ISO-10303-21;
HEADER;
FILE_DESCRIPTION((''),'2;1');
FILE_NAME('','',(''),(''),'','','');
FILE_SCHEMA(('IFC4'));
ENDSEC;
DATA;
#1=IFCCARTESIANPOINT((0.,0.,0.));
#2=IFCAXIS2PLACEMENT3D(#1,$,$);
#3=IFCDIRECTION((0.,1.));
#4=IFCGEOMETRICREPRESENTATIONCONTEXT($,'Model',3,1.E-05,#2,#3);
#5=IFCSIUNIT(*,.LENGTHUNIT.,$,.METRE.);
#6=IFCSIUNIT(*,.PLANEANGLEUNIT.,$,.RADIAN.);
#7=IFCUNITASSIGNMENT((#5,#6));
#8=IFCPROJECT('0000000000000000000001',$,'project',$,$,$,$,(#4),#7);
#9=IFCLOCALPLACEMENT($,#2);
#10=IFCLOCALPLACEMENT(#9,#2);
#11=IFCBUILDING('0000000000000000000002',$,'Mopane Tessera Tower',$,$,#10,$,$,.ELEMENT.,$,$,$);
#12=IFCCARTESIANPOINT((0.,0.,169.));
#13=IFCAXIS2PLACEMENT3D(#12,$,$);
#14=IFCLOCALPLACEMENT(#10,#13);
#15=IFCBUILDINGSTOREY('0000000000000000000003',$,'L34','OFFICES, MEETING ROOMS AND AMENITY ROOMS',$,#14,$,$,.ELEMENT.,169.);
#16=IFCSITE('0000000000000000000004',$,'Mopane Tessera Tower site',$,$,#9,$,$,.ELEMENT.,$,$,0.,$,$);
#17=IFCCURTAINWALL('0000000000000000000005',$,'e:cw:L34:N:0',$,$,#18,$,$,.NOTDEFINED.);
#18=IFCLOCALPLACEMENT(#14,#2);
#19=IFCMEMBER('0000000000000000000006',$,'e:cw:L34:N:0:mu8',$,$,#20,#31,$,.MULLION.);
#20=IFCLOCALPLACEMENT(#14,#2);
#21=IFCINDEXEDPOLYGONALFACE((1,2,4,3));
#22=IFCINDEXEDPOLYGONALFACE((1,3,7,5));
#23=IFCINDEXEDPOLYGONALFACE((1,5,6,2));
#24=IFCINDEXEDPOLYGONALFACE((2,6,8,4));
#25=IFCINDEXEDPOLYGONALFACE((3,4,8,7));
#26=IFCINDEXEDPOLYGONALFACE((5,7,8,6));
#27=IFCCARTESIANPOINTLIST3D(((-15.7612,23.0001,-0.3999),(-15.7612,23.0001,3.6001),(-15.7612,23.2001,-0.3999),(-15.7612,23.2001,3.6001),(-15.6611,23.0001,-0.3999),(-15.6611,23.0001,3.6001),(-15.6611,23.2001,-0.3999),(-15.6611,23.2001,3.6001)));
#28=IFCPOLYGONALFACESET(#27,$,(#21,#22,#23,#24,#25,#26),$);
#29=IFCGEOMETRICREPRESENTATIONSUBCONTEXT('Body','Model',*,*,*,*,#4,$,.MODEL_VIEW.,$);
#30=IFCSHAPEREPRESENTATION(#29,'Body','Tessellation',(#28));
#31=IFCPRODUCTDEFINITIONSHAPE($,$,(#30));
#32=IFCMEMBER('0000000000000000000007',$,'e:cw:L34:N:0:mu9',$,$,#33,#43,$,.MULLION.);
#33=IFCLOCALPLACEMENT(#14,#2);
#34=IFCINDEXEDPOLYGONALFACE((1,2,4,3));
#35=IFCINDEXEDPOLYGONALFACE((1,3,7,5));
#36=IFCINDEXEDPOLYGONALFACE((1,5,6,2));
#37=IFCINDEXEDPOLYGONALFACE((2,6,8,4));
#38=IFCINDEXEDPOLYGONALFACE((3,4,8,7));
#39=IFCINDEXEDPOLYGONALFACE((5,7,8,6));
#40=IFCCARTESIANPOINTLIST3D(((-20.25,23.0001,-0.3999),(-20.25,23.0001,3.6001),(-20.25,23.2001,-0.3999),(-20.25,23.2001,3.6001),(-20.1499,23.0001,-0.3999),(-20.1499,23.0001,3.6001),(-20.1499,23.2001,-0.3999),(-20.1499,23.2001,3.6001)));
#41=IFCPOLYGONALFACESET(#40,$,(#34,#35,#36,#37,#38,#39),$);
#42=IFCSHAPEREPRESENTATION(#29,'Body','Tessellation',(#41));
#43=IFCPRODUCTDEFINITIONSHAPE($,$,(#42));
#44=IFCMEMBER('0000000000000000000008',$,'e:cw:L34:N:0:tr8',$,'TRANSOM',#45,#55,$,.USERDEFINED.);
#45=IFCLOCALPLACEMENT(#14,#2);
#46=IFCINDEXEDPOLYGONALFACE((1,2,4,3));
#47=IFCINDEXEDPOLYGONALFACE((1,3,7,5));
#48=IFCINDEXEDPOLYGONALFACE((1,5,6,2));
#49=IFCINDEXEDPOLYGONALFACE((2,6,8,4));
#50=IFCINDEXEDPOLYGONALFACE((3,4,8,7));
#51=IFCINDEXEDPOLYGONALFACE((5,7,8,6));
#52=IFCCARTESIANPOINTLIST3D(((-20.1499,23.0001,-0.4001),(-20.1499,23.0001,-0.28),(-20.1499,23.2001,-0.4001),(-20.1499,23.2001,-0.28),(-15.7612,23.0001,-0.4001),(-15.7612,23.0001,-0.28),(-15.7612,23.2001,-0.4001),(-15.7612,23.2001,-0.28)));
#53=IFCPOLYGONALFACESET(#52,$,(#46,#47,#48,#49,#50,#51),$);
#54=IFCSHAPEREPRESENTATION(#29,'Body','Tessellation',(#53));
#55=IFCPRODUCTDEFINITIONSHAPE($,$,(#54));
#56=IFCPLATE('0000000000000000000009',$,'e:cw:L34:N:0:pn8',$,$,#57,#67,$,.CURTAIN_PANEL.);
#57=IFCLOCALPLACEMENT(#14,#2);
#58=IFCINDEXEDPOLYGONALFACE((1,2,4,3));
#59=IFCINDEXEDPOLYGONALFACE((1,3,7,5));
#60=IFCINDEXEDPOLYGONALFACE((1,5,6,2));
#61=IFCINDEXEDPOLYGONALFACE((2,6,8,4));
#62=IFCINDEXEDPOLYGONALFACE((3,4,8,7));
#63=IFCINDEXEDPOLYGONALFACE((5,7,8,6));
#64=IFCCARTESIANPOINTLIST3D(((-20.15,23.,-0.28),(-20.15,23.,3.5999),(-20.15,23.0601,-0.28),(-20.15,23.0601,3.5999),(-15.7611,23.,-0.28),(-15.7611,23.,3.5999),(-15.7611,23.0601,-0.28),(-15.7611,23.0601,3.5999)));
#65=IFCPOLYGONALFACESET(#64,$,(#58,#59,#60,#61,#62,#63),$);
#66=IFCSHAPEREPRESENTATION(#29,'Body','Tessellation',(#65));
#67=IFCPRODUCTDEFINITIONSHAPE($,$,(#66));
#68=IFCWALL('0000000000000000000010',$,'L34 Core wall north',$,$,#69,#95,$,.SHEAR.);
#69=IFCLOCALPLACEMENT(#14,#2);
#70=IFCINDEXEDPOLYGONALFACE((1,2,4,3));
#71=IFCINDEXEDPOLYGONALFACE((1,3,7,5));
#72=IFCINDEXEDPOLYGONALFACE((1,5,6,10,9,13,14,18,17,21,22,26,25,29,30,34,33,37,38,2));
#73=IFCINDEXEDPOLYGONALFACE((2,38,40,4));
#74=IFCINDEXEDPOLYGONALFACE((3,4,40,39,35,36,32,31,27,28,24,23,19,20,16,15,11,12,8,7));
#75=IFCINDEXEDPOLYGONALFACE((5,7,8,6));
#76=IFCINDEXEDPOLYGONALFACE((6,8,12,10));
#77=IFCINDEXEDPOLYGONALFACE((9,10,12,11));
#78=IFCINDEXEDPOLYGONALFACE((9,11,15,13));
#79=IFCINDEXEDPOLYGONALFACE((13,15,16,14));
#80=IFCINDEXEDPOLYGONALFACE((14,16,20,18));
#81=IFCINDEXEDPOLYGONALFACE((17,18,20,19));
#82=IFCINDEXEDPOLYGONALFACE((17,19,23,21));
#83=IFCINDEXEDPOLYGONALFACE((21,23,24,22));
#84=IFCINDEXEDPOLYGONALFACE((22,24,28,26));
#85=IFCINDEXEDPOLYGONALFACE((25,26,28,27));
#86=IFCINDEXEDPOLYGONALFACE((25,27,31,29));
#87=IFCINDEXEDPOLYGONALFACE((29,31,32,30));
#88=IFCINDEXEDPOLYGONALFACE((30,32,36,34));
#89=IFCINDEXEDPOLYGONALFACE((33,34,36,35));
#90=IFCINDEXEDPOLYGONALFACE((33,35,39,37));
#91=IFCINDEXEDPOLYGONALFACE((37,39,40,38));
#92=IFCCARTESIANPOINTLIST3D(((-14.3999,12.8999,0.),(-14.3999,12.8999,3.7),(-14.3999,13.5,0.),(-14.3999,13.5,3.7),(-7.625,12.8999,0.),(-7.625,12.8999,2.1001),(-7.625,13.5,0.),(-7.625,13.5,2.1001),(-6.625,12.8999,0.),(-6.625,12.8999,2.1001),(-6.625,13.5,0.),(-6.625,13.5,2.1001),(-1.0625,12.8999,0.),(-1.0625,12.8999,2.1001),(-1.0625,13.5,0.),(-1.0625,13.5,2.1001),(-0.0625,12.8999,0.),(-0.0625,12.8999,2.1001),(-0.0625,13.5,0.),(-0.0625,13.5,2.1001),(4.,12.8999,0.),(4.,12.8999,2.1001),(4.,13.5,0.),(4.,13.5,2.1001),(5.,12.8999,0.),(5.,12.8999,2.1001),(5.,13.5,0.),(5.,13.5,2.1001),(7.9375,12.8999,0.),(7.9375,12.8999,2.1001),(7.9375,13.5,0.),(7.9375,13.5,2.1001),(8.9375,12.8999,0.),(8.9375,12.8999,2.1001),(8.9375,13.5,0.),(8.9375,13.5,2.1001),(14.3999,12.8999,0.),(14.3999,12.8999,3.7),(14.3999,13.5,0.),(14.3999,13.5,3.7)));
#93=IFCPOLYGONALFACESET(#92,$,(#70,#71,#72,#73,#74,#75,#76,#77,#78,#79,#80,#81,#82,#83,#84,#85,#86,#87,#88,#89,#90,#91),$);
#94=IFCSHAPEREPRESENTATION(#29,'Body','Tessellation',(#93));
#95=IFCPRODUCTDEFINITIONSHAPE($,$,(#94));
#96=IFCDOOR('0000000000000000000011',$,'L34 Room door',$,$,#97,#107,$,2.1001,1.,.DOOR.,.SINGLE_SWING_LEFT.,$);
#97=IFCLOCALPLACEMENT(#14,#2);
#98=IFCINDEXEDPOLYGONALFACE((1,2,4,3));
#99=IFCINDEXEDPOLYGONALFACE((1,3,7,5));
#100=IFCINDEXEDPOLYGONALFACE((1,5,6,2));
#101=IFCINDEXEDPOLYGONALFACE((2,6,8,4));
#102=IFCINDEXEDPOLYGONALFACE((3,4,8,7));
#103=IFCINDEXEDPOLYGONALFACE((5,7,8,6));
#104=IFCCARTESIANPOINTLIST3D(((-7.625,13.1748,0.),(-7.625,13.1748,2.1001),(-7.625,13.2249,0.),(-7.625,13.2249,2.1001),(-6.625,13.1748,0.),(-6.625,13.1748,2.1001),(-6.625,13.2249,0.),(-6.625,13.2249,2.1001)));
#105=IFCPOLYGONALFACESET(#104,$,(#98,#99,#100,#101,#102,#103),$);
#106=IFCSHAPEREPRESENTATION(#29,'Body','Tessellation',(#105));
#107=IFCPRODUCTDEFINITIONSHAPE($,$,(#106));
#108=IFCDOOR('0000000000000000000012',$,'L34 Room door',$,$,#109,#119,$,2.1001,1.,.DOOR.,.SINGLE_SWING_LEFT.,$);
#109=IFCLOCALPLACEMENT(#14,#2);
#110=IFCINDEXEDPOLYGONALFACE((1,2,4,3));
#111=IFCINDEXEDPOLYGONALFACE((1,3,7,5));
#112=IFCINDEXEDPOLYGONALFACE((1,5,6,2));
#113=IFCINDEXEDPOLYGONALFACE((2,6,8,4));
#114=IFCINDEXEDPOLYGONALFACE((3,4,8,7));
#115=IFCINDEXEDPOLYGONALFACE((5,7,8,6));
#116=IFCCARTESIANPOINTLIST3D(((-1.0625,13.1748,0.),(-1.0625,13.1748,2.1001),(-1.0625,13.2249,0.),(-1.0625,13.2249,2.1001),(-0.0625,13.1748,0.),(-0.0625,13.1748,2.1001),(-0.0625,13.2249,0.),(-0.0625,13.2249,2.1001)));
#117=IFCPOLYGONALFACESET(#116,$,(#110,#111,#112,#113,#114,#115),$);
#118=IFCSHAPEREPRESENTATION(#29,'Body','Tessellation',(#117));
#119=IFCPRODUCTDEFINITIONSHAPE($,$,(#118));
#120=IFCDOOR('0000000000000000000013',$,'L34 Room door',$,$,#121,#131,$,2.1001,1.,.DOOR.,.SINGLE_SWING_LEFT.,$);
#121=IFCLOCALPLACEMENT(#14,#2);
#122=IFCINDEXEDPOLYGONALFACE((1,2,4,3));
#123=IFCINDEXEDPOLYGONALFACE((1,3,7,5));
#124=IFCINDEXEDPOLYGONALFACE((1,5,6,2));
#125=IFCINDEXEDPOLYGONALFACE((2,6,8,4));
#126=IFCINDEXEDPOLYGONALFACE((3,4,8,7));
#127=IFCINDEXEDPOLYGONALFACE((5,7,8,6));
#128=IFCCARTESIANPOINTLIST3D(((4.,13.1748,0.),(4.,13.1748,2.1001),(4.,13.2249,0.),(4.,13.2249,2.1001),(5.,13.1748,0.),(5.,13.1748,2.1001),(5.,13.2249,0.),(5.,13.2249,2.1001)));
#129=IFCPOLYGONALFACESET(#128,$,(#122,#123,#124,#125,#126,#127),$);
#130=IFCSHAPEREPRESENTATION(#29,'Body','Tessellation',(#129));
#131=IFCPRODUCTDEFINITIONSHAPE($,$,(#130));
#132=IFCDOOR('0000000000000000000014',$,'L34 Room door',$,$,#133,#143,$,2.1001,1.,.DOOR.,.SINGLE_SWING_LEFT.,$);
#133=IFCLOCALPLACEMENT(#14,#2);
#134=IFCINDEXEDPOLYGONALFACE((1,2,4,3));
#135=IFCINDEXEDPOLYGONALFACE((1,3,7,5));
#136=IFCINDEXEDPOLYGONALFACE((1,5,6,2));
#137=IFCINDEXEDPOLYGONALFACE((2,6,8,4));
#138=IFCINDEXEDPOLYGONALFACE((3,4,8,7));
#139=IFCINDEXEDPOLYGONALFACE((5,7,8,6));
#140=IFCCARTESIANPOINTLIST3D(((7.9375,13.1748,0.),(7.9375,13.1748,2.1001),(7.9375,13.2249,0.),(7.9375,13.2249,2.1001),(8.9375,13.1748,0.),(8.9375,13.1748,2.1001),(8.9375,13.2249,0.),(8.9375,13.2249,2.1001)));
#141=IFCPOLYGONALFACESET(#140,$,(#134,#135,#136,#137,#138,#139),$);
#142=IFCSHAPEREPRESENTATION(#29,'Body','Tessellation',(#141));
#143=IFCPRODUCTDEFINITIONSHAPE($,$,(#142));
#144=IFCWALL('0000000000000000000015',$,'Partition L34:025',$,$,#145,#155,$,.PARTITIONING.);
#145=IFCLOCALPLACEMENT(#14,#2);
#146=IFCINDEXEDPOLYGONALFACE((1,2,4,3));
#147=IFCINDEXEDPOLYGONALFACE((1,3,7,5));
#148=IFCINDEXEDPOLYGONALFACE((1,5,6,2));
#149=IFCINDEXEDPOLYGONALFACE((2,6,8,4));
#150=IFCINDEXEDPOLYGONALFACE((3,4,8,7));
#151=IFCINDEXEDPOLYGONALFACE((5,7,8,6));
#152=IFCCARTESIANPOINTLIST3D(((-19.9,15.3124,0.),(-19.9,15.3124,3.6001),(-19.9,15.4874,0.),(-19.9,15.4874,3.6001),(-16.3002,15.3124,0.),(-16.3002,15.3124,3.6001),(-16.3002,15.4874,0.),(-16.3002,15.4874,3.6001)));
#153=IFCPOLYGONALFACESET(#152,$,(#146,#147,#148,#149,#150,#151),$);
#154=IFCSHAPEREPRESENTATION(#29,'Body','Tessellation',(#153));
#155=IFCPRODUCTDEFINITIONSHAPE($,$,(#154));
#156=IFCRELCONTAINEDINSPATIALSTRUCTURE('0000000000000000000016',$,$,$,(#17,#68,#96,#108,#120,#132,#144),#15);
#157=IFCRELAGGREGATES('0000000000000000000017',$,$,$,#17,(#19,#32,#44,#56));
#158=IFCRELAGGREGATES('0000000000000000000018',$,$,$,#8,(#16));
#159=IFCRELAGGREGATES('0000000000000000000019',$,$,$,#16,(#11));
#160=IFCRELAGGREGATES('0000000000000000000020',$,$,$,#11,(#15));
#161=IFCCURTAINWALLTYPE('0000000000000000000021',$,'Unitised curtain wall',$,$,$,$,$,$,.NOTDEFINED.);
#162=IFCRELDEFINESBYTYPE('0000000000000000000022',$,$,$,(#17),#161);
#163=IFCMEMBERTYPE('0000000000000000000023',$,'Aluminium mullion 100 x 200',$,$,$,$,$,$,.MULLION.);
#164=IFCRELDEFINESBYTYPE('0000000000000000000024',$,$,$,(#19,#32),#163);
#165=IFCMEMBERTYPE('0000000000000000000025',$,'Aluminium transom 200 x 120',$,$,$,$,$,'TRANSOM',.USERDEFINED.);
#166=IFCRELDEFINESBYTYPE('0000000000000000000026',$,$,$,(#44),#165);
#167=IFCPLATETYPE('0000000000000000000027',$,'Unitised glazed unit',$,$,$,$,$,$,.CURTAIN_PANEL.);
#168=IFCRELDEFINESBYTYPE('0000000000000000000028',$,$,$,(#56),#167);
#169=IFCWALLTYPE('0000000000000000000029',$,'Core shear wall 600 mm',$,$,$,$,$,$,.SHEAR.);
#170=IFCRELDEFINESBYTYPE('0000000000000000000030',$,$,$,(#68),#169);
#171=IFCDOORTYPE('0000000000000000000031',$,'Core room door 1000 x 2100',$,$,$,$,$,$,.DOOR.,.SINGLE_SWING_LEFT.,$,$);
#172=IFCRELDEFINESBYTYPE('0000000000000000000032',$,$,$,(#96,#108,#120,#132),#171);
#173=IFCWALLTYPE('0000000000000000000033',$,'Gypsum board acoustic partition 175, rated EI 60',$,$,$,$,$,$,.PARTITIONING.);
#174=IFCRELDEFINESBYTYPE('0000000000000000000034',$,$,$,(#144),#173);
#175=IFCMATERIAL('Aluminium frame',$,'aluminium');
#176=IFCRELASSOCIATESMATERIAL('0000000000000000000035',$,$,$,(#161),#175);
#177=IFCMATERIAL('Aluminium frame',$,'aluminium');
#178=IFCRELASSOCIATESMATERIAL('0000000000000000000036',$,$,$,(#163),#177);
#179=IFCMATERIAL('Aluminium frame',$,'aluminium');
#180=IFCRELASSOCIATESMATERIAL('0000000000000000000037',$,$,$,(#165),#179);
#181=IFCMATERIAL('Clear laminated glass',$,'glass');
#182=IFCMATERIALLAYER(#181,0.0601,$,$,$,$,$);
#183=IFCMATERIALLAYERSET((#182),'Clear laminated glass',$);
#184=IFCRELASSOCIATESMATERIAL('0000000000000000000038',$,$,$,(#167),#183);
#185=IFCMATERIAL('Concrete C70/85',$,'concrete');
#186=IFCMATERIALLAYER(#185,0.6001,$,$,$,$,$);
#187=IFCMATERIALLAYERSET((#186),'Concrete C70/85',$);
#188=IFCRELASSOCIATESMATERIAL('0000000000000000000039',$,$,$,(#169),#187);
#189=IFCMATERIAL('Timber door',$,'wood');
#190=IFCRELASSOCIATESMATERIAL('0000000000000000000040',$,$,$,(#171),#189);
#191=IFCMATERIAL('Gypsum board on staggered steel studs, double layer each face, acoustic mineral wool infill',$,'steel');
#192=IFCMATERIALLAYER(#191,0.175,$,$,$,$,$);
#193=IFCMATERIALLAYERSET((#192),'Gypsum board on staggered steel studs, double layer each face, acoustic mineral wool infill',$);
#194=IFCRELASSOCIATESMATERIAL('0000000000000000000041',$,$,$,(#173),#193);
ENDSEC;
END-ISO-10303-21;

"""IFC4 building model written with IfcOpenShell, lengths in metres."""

from ifc_helpers import new_model, si_unit, direction, frame, frame_2d, origin, origin_2d, place, context, subcontext, project, spatial, rectangle, extrude, material, layer, layer_set, material_profile, profile_set, type_object, element, fill, aggregate, save


model = new_model("IFC4")

# Units and contexts
model_context = context("Model", 3, precision=1e-05, world=origin(), true_north=direction((0.0, 1.0)))
body_context = subcontext(model_context, "Body", "Model", "MODEL_VIEW")
ifc_project = project(units=[si_unit("LENGTHUNIT", "METRE"), si_unit("PLANEANGLEUNIT", "RADIAN")], contexts=[model_context])

# Site, building, storey
site_placement = place(None, origin())
site = spatial("IfcSite", under=ifc_project, at=site_placement, Name="Mopane Tessera Tower site", CompositionType="ELEMENT", RefElevation=0.0)
building_placement = place(site_placement, origin())
building = spatial("IfcBuilding", under=site, at=building_placement, Name="Mopane Tessera Tower", CompositionType="ELEMENT")
storey_placement = place(building_placement, frame((0.0, 0.0, 169.0)))
storey = spatial("IfcBuildingStorey", under=building, at=storey_placement, Name="L34", Description="OFFICES, MEETING ROOMS AND AMENITY ROOMS", CompositionType="ELEMENT", Elevation=169.0)

# Curtain wall, members, plate
ifc_material_1 = material(Name="Aluminium frame", Category="aluminium")
curtain_wall_type = type_object("IfcCurtainWallType", Name="Unitised curtain wall", PredefinedType="NOTDEFINED", material=ifc_material_1)
curtain_wall_placement = place(storey_placement, origin())
curtain_wall = element("IfcCurtainWall", 1, at=curtain_wall_placement, inside=storey, type_object=curtain_wall_type, Name="e:cw:L34:N:0", PredefinedType="NOTDEFINED")
ifc_material_2 = material(Name="Aluminium frame", Category="aluminium")
ifc_material_profile_1 = material_profile(ifc_material_2, rectangle(XDim=0.1001, YDim=0.2, at=origin_2d()))
ifc_profile_set_1 = profile_set([ifc_material_profile_1], Name="Aluminium frame")
member_type_1 = type_object("IfcMemberType", Name="Aluminium mullion 100 x 200", PredefinedType="MULLION", material=ifc_profile_set_1)
member_1_placement = place(storey_placement, frame((-15.7112, 23.1001, -0.3999), z_axis=(0.0, 0.0, 1.0), x_axis=(-1.0, 0.0, 0.0)))
member_1 = element("IfcMember", 2, at=member_1_placement, type_object=member_type_1, Name="e:cw:L34:N:0:mu8", PredefinedType="MULLION", context=body_context, shape_type="SweptSolid", body=[
    extrude(rectangle(XDim=0.1001, YDim=0.2, at=origin_2d()), origin(), (0.0, 0.0, 1.0), 4.0),
])
member_2_placement = place(storey_placement, frame((-20.2, 23.1001, -0.3999), z_axis=(0.0, 0.0, 1.0), x_axis=(-1.0, 0.0, 0.0)))
member_2 = element("IfcMember", 3, at=member_2_placement, type_object=member_type_1, Name="e:cw:L34:N:0:mu9", PredefinedType="MULLION", context=body_context, shape_type="SweptSolid", body=[
    extrude(rectangle(XDim=0.1001, YDim=0.2, at=origin_2d()), origin(), (0.0, 0.0, 1.0), 4.0),
])
ifc_material_3 = material(Name="Aluminium frame", Category="aluminium")
ifc_material_profile_2 = material_profile(ifc_material_3, rectangle(XDim=0.2, YDim=0.1201, at=origin_2d()))
ifc_profile_set_2 = profile_set([ifc_material_profile_2], Name="Aluminium frame")
member_type_2 = type_object("IfcMemberType", Name="Aluminium transom 200 x 120", ElementType="TRANSOM", PredefinedType="USERDEFINED", material=ifc_profile_set_2)
member_3_placement = place(storey_placement, frame((-15.7612, 23.1001, -0.3401), z_axis=(-1.0, 0.0, 0.0), x_axis=(0.0, -1.0, 0.0)))
member_3 = element("IfcMember", 4, at=member_3_placement, type_object=member_type_2, Name="e:cw:L34:N:0:tr8", ObjectType="TRANSOM", PredefinedType="USERDEFINED", context=body_context, shape_type="SweptSolid", body=[
    extrude(rectangle(XDim=0.2, YDim=0.1201, at=origin_2d()), origin(), (0.0, 0.0, 1.0), 4.3887),
])
ifc_material_4 = material(Name="Clear laminated glass", Category="glass")
ifc_layer_1 = layer(ifc_material_4, 0.0601)
ifc_layer_set_1 = layer_set([ifc_layer_1], Name="Clear laminated glass")
plate_type = type_object("IfcPlateType", Name="Unitised glazed unit", PredefinedType="CURTAIN_PANEL", material=ifc_layer_set_1)
plate_placement = place(storey_placement, frame((-17.9556, 23.03, -0.28), z_axis=(0.0, 0.0, 1.0), x_axis=(-1.0, 0.0, 0.0)))
plate = element("IfcPlate", 5, at=plate_placement, type_object=plate_type, Name="e:cw:L34:N:0:pn8", PredefinedType="CURTAIN_PANEL", context=body_context, shape_type="SweptSolid", body=[
    extrude(rectangle(XDim=4.3889, YDim=0.0601, at=origin_2d()), origin(), (0.0, 0.0, 1.0), 3.8799),
])
aggregate(curtain_wall, [member_1, member_2, member_3, plate])

# Wall, openings, doors
ifc_material_5 = material(Name="Concrete C70/85", Category="concrete")
ifc_layer_2 = layer(ifc_material_5, 0.6001)
ifc_layer_set_2 = layer_set([ifc_layer_2], Name="Concrete C70/85")
wall_type_1 = type_object("IfcWallType", Name="Core shear wall 600 mm", PredefinedType="SHEAR", material=ifc_layer_set_2)
wall_1_placement = place(storey_placement, frame((-14.3999, 13.2, 0.0), z_axis=(0.0, 0.0, 1.0), x_axis=(1.0, 0.0, 0.0)))
wall_1 = element("IfcWall", 6, at=wall_1_placement, inside=storey, type_object=wall_type_1, Name="L34 Core wall north", PredefinedType="SHEAR", context=body_context, shape_type="SweptSolid", body=[
    extrude(rectangle(XDim=28.7998, YDim=0.6001, at=frame_2d((14.3999, 0.0))), origin(), (0.0, 0.0, 1.0), 3.7),
])
opening_1_placement = place(wall_1_placement, frame((6.7749, 0.0, 0.0)))
opening_1 = element("IfcOpeningElement", 7, at=opening_1_placement, cuts=wall_1, PredefinedType="OPENING", context=body_context, shape_type="SweptSolid", body=[
    extrude(rectangle(XDim=1.0, YDim=2.1001, at=frame_2d((0.5, 1.05))), frame((0.0, 0.312, 0.0), z_axis=(0.0, -1.0, 0.0), x_axis=(1.0, 0.0, 0.0)), (0.0, 0.0, 1.0), 0.624),
])
opening_2_placement = place(wall_1_placement, frame((13.3374, 0.0, 0.0)))
opening_2 = element("IfcOpeningElement", 8, at=opening_2_placement, cuts=wall_1, PredefinedType="OPENING", context=body_context, shape_type="SweptSolid", body=[
    extrude(rectangle(XDim=1.0, YDim=2.1001, at=frame_2d((0.5, 1.05))), frame((0.0, 0.312, 0.0), z_axis=(0.0, -1.0, 0.0), x_axis=(1.0, 0.0, 0.0)), (0.0, 0.0, 1.0), 0.624),
])
opening_3_placement = place(wall_1_placement, frame((18.3999, 0.0, 0.0)))
opening_3 = element("IfcOpeningElement", 9, at=opening_3_placement, cuts=wall_1, PredefinedType="OPENING", context=body_context, shape_type="SweptSolid", body=[
    extrude(rectangle(XDim=1.0, YDim=2.1001, at=frame_2d((0.5, 1.05))), frame((0.0, 0.312, 0.0), z_axis=(0.0, -1.0, 0.0), x_axis=(1.0, 0.0, 0.0)), (0.0, 0.0, 1.0), 0.624),
])
opening_4_placement = place(wall_1_placement, frame((22.3374, 0.0, 0.0)))
opening_4 = element("IfcOpeningElement", 10, at=opening_4_placement, cuts=wall_1, PredefinedType="OPENING", context=body_context, shape_type="SweptSolid", body=[
    extrude(rectangle(XDim=1.0, YDim=2.1001, at=frame_2d((0.5, 1.05))), frame((0.0, 0.312, 0.0), z_axis=(0.0, -1.0, 0.0), x_axis=(1.0, 0.0, 0.0)), (0.0, 0.0, 1.0), 0.624),
])
ifc_material_6 = material(Name="Timber door", Category="wood")
door_type_1 = type_object("IfcDoorType", Name="Core room door 1000 x 2100", OperationType="SINGLE_SWING_LEFT", PredefinedType="DOOR", material=ifc_material_6)
door_1_placement = place(opening_1_placement, origin())
door_1 = element("IfcDoor", 11, at=door_1_placement, inside=storey, type_object=door_type_1, Name="L34 Room door", OperationType="SINGLE_SWING_LEFT", OverallHeight=2.1001, OverallWidth=1.0, PredefinedType="DOOR", context=body_context, shape_type="SweptSolid", body=[
    extrude(rectangle(XDim=1.0, YDim=2.1001, at=frame_2d((0.5, 1.05))), frame((0.0, 0.0249, 0.0), z_axis=(0.0, -1.0, 0.0), x_axis=(1.0, 0.0, 0.0)), (0.0, 0.0, 1.0), 0.05),
])
fill(opening_1, door_1)
door_2_placement = place(opening_2_placement, origin())
door_2 = element("IfcDoor", 12, at=door_2_placement, inside=storey, type_object=door_type_1, Name="L34 Room door", OperationType="SINGLE_SWING_LEFT", OverallHeight=2.1001, OverallWidth=1.0, PredefinedType="DOOR", context=body_context, shape_type="SweptSolid", body=[
    extrude(rectangle(XDim=1.0, YDim=2.1001, at=frame_2d((0.5, 1.05))), frame((0.0, 0.0249, 0.0), z_axis=(0.0, -1.0, 0.0), x_axis=(1.0, 0.0, 0.0)), (0.0, 0.0, 1.0), 0.05),
])
fill(opening_2, door_2)
door_3_placement = place(opening_3_placement, origin())
door_3 = element("IfcDoor", 13, at=door_3_placement, inside=storey, type_object=door_type_1, Name="L34 Room door", OperationType="SINGLE_SWING_LEFT", OverallHeight=2.1001, OverallWidth=1.0, PredefinedType="DOOR", context=body_context, shape_type="SweptSolid", body=[
    extrude(rectangle(XDim=1.0, YDim=2.1001, at=frame_2d((0.5, 1.05))), frame((0.0, 0.0249, 0.0), z_axis=(0.0, -1.0, 0.0), x_axis=(1.0, 0.0, 0.0)), (0.0, 0.0, 1.0), 0.05),
])
fill(opening_3, door_3)
door_4_placement = place(opening_4_placement, origin())
door_4 = element("IfcDoor", 14, at=door_4_placement, inside=storey, type_object=door_type_1, Name="L34 Room door", OperationType="SINGLE_SWING_LEFT", OverallHeight=2.1001, OverallWidth=1.0, PredefinedType="DOOR", context=body_context, shape_type="SweptSolid", body=[
    extrude(rectangle(XDim=1.0, YDim=2.1001, at=frame_2d((0.5, 1.05))), frame((0.0, 0.0249, 0.0), z_axis=(0.0, -1.0, 0.0), x_axis=(1.0, 0.0, 0.0)), (0.0, 0.0, 1.0), 0.05),
])
fill(opening_4, door_4)

# Wall
ifc_material_7 = material(Name="Gypsum board on staggered steel studs, double layer each face, acoustic mineral wool infill", Category="steel")
ifc_layer_3 = layer(ifc_material_7, 0.175)
ifc_layer_set_3 = layer_set([ifc_layer_3], Name="Gypsum board on staggered steel studs, double layer each face, acoustic mineral wool infill")
wall_type_2 = type_object("IfcWallType", Name="Gypsum board acoustic partition 175, rated EI 60", PredefinedType="PARTITIONING", material=ifc_layer_set_3)
wall_2_placement = place(storey_placement, frame((-19.8999, 15.3999, 0.0), z_axis=(0.0, 0.0, 1.0), x_axis=(1.0, 0.0, 0.0)))
element("IfcWall", 15, at=wall_2_placement, inside=storey, type_object=wall_type_2, Name="Partition L34:025", PredefinedType="PARTITIONING", context=body_context, shape_type="SweptSolid", body=[
    extrude(rectangle(XDim=3.5999, YDim=0.175, at=frame_2d((1.7998, 0.0))), origin(), (0.0, 0.0, 1.0), 3.6001),
])

save(model, "model.ifc")
